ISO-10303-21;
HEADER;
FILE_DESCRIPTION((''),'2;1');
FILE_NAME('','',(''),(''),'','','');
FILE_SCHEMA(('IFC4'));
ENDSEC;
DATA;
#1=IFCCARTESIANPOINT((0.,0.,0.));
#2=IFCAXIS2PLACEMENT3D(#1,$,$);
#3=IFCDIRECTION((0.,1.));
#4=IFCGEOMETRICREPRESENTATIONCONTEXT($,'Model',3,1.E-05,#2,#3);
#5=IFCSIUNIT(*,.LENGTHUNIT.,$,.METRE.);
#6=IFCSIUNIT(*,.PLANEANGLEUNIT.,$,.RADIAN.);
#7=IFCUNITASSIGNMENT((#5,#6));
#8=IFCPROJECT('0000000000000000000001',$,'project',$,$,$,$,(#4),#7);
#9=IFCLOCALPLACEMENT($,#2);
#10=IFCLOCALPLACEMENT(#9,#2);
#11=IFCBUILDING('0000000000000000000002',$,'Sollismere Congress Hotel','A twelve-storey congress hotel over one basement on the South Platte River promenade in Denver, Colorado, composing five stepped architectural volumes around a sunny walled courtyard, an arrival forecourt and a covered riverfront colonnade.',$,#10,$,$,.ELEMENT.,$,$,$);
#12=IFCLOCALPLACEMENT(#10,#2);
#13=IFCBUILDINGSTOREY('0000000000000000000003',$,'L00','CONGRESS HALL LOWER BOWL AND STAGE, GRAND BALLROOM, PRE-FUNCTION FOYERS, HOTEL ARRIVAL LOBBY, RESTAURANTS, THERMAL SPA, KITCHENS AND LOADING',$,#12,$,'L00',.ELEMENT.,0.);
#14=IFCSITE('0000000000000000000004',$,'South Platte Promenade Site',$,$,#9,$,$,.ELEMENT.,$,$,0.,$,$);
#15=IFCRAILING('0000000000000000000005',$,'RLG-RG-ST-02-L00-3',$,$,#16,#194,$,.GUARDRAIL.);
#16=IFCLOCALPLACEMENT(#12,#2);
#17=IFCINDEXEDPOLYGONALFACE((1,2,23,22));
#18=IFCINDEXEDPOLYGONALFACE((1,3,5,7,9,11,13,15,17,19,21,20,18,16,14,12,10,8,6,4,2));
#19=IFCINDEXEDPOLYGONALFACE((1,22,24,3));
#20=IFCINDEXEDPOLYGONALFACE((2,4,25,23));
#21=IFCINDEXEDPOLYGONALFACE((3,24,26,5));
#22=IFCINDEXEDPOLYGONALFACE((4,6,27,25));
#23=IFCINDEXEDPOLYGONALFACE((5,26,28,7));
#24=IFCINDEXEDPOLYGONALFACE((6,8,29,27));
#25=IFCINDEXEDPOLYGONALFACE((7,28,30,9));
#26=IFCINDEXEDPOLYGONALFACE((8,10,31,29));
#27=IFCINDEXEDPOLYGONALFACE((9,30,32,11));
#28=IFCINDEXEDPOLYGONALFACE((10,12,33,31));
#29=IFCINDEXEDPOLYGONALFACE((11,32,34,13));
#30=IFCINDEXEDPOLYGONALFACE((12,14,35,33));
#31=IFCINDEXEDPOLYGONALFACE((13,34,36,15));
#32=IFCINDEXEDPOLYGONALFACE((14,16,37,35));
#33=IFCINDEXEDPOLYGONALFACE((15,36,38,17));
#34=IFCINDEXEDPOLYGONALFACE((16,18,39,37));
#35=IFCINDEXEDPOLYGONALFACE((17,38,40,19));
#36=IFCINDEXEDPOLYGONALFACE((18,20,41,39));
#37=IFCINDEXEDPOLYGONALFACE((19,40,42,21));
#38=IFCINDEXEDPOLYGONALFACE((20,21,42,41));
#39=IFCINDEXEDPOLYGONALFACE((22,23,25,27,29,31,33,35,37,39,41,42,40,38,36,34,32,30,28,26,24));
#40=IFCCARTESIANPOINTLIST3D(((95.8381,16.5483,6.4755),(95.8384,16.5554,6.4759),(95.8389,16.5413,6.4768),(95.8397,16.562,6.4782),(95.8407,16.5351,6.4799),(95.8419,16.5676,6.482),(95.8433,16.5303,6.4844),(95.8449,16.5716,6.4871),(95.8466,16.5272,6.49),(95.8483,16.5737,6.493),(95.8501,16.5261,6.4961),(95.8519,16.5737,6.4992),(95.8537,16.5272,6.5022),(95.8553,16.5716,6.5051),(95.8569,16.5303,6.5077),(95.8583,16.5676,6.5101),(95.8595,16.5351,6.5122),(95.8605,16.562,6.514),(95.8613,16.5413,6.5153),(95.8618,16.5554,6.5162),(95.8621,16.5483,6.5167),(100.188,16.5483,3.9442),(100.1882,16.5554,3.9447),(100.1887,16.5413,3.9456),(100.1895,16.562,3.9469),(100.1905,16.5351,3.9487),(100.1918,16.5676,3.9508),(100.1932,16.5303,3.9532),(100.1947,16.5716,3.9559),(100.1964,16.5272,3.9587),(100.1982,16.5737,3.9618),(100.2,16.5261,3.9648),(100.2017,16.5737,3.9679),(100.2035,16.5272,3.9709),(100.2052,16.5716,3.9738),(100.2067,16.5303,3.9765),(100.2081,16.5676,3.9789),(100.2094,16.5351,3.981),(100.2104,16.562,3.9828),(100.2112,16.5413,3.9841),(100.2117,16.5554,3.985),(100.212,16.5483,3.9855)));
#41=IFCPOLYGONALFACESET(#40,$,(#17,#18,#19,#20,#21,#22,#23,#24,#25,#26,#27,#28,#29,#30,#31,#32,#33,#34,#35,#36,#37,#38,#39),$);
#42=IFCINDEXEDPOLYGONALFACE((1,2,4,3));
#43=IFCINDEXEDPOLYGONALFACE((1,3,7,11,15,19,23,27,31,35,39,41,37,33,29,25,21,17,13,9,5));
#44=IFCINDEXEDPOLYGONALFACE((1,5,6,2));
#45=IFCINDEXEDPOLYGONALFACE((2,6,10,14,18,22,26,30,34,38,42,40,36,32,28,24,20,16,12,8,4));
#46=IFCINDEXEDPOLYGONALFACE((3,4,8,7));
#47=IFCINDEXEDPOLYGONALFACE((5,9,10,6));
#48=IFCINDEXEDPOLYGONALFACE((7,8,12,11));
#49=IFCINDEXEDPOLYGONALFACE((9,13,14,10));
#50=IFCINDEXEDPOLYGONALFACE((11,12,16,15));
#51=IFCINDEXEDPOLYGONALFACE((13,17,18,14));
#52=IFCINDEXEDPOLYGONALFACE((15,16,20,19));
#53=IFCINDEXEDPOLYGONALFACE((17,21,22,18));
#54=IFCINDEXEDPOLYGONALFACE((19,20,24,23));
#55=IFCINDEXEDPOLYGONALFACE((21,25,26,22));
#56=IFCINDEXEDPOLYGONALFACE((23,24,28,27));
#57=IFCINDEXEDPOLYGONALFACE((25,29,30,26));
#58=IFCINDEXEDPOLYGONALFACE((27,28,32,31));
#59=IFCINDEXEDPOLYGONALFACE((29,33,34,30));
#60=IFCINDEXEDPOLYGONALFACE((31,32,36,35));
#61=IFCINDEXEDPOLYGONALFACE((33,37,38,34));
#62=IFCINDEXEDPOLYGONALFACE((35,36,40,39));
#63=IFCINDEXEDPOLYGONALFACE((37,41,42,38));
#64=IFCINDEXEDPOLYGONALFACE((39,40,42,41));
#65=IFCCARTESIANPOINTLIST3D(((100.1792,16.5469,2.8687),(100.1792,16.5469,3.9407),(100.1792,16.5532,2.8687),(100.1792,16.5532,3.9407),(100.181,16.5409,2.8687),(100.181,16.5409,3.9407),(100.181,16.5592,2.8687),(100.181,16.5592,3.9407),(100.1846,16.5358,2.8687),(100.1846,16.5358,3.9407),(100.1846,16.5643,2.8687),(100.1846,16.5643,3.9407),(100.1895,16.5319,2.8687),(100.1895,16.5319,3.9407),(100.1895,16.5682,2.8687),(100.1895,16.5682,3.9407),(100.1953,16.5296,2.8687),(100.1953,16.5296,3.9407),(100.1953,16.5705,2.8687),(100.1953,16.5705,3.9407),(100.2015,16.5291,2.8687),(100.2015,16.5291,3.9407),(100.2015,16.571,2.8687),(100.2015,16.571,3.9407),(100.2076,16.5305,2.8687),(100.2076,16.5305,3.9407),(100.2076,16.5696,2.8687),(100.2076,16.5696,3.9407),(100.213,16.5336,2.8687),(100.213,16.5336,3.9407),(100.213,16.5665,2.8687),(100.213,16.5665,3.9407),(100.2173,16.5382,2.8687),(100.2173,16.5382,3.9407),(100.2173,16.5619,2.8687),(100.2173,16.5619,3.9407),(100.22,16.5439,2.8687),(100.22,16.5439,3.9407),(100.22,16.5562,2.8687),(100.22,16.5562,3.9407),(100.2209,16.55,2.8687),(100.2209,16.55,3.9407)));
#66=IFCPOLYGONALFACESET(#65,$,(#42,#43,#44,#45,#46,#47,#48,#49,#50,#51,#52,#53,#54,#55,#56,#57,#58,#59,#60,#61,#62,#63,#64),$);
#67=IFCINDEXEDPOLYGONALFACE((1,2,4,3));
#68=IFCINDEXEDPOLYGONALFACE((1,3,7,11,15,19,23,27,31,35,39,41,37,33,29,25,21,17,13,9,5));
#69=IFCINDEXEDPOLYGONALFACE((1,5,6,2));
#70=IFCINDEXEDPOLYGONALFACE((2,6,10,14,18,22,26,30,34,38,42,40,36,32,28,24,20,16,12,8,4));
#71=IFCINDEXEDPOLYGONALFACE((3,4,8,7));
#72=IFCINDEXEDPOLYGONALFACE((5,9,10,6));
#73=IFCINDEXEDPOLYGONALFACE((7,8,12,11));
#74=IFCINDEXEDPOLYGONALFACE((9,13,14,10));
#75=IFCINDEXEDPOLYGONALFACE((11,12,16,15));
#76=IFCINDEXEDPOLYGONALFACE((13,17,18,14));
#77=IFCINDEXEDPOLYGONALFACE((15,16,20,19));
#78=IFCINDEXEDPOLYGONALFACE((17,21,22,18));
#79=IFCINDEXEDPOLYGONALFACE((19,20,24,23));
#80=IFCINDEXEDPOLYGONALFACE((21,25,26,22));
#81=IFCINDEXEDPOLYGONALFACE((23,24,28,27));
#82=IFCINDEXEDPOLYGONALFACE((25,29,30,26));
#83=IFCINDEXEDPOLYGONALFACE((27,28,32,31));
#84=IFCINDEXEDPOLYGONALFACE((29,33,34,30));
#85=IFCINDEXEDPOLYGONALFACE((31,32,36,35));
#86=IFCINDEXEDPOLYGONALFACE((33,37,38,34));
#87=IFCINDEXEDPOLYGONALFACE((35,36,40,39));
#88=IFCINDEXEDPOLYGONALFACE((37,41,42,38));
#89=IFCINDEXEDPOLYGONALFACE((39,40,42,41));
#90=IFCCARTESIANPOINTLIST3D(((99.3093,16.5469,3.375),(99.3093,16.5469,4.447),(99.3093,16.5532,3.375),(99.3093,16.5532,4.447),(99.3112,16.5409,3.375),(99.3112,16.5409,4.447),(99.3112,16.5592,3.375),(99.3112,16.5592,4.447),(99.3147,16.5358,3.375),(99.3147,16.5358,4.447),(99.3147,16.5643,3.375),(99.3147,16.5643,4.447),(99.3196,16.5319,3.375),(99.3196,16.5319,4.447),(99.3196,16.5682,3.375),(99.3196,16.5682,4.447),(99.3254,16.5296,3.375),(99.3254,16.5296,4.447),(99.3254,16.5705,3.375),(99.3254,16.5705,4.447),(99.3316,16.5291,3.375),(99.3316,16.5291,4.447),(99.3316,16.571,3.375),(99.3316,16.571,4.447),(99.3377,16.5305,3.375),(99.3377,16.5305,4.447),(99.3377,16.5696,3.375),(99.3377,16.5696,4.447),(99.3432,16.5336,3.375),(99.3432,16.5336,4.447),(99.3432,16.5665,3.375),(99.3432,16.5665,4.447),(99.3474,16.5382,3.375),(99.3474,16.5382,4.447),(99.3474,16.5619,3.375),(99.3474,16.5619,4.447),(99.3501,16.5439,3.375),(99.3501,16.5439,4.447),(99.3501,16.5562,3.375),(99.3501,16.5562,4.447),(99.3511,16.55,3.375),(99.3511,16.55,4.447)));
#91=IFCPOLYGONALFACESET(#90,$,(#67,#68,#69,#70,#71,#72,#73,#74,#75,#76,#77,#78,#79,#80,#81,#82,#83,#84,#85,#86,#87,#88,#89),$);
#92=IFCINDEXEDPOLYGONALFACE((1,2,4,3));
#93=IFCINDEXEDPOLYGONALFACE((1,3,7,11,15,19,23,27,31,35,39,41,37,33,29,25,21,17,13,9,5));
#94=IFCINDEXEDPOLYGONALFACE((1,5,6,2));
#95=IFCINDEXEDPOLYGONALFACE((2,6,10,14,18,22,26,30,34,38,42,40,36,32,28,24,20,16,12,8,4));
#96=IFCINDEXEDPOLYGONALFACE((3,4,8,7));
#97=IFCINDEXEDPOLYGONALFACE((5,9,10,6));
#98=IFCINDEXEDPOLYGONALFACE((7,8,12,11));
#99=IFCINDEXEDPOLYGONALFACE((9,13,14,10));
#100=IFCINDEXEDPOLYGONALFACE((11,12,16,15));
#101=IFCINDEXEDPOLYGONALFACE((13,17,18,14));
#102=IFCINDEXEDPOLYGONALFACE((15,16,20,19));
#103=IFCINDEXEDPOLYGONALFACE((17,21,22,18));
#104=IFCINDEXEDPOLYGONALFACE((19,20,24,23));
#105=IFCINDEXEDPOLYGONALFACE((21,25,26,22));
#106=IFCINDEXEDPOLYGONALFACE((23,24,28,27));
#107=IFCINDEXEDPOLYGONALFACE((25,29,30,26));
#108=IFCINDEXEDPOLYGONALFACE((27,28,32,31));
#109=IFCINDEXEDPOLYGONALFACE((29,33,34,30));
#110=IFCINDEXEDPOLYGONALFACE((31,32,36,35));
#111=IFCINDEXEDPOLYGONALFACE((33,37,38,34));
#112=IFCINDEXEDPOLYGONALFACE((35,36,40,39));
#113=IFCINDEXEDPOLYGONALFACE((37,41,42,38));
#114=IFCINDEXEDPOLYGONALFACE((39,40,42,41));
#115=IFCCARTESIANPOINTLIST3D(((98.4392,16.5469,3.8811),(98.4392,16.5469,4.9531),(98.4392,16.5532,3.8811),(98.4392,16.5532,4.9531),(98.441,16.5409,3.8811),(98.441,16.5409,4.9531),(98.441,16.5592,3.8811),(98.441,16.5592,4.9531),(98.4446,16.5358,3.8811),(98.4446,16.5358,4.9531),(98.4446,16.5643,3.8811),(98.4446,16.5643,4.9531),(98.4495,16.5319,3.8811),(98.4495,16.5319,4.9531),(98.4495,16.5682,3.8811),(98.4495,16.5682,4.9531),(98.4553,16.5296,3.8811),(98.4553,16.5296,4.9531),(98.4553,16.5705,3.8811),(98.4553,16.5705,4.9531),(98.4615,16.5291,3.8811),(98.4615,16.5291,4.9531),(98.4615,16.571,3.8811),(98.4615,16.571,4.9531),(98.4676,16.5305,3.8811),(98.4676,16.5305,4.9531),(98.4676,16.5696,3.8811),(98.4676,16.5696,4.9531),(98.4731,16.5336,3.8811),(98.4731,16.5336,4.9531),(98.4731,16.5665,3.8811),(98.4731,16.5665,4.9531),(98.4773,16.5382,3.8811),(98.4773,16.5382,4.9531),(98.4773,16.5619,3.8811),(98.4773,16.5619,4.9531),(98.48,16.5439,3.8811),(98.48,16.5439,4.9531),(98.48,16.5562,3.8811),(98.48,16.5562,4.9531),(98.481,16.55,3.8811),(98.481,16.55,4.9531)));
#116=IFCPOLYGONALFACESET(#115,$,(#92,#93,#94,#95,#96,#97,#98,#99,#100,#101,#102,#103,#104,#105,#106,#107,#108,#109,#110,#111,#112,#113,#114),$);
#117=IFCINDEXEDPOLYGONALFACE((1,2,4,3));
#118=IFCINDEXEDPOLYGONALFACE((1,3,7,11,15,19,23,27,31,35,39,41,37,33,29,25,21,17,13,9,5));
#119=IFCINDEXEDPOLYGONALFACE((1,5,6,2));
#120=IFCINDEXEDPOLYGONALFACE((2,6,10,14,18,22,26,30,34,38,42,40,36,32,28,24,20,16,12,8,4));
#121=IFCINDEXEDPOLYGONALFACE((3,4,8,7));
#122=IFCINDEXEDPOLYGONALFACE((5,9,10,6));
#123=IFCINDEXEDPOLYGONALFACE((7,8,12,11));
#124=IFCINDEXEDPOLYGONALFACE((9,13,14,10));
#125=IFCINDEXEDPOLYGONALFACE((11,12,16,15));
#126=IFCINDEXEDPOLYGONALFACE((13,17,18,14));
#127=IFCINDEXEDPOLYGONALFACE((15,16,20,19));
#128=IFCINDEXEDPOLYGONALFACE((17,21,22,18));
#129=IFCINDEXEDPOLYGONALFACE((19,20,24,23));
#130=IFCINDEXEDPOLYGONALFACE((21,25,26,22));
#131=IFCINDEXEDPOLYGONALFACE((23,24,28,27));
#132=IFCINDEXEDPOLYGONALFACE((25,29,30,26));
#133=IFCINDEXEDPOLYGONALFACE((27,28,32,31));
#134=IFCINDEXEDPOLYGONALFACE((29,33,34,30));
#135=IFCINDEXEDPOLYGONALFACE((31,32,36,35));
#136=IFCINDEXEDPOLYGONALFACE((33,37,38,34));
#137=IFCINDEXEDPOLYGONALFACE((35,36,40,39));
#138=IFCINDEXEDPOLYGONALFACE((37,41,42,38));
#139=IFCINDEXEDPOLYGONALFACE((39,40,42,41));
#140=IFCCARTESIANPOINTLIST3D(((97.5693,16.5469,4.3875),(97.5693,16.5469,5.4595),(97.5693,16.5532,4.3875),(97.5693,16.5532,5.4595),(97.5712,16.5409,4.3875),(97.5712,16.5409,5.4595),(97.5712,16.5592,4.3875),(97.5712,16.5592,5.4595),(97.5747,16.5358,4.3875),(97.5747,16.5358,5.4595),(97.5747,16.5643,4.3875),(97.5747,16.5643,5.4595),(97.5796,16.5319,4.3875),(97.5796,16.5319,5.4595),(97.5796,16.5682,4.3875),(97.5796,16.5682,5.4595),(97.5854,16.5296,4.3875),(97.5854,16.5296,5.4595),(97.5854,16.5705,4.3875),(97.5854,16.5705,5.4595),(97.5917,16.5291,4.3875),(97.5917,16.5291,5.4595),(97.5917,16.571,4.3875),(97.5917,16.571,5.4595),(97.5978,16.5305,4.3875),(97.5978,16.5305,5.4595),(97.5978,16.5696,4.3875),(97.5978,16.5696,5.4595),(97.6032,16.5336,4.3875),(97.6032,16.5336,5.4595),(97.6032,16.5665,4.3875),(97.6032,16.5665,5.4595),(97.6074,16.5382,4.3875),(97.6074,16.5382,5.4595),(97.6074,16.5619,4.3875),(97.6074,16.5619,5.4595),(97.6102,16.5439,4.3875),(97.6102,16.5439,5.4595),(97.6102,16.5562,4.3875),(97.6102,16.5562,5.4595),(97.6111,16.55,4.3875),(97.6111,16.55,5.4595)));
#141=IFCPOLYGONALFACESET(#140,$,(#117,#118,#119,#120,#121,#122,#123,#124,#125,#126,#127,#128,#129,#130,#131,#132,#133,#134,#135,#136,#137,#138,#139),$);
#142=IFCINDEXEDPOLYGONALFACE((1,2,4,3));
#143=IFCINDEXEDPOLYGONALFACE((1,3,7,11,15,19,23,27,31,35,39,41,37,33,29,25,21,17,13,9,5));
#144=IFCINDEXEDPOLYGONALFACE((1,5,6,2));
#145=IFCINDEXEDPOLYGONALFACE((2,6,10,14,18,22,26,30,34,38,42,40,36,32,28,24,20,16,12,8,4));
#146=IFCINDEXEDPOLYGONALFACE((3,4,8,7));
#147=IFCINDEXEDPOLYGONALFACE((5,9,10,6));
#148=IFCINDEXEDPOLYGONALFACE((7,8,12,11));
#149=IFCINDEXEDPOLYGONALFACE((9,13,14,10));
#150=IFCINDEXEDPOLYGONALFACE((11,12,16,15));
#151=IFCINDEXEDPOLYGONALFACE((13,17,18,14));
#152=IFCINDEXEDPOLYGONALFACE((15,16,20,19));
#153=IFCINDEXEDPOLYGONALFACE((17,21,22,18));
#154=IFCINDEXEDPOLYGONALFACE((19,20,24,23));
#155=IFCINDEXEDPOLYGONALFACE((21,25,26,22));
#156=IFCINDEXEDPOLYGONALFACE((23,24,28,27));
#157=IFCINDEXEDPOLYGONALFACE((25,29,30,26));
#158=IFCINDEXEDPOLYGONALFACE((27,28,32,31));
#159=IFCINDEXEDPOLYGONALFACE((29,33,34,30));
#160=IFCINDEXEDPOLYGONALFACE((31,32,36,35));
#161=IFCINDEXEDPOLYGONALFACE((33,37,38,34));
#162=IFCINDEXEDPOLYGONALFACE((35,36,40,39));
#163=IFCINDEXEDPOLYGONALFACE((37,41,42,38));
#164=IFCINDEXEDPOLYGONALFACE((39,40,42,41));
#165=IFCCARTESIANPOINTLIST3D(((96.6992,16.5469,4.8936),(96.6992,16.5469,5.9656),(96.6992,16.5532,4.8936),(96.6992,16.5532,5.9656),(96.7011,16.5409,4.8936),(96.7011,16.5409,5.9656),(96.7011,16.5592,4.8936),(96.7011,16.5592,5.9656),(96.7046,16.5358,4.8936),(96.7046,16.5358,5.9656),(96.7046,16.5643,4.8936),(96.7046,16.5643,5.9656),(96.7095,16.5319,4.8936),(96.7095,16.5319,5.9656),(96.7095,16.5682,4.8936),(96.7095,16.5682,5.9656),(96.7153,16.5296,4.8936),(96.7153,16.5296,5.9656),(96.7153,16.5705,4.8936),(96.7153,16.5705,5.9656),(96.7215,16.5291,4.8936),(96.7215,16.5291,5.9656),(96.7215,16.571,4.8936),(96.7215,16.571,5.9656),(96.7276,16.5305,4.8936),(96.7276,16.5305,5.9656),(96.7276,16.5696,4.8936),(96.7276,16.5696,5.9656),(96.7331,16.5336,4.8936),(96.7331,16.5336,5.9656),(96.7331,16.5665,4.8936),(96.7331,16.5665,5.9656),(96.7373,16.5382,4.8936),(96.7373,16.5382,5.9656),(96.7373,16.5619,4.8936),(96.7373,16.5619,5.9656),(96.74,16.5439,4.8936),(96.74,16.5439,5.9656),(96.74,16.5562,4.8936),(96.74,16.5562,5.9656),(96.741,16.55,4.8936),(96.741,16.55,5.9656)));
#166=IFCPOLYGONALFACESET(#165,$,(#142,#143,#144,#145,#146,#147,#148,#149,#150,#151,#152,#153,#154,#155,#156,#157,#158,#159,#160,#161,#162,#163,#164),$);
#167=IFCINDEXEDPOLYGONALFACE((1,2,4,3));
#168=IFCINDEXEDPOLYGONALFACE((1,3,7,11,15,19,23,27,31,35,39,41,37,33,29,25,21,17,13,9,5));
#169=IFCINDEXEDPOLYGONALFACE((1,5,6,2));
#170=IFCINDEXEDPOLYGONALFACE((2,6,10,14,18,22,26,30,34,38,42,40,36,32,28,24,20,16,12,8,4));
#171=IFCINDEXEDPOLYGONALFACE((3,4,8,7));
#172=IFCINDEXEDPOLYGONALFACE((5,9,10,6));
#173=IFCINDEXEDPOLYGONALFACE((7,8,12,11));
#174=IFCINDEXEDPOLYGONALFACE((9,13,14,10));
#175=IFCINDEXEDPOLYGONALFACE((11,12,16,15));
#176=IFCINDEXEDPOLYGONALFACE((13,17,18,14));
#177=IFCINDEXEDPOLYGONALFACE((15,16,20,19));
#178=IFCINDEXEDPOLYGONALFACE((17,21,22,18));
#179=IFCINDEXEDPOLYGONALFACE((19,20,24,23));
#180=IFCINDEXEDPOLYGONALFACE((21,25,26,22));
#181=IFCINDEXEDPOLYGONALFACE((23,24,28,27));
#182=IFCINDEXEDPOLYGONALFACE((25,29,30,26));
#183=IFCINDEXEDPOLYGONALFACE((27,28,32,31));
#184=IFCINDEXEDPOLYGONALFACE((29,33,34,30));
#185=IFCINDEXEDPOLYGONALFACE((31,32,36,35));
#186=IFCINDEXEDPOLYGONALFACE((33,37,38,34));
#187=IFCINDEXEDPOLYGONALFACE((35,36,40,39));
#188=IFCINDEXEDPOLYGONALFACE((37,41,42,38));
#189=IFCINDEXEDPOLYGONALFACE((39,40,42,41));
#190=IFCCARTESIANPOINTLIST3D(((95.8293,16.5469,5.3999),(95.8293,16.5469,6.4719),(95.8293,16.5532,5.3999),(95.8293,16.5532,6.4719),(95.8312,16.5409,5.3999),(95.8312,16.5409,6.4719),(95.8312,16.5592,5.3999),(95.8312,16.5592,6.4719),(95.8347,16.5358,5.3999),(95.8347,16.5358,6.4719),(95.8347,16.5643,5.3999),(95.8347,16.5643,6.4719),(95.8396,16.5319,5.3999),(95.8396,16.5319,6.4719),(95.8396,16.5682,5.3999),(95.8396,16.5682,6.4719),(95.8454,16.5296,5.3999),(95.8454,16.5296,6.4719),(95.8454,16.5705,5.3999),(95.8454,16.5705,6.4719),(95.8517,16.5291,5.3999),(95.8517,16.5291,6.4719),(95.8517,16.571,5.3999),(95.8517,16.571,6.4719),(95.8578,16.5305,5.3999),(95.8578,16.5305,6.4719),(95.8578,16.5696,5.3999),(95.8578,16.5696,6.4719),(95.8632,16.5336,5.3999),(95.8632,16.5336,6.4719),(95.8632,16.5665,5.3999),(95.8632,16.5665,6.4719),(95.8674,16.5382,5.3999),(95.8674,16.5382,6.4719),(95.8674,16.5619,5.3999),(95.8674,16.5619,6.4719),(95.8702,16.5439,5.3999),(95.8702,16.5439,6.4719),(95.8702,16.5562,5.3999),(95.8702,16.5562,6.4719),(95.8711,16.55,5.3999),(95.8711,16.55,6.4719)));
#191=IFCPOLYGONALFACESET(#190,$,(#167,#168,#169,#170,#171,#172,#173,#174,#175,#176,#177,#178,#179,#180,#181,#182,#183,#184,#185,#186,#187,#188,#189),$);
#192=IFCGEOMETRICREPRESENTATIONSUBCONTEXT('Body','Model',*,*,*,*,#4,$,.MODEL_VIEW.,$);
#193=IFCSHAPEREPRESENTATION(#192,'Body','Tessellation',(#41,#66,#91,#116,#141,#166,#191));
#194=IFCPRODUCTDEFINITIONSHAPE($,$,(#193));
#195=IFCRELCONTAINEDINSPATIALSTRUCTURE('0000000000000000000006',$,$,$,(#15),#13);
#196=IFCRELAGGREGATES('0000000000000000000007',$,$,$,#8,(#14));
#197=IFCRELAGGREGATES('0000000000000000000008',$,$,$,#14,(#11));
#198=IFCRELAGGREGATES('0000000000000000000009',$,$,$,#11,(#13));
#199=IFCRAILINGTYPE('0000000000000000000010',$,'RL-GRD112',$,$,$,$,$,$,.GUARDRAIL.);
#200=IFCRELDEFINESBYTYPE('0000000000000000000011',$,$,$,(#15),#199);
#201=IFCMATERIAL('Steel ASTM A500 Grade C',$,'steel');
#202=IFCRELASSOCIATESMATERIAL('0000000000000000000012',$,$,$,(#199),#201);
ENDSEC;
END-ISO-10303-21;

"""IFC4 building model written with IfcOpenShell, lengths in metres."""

from ifc_helpers import new_model, si_unit, direction, frame, origin, origin_2d, place, context, subcontext, project, spatial, circle, extrude, material, type_object, element, save


model = new_model("IFC4")

# Units and contexts
model_context = context("Model", 3, precision=1e-05, world=origin(), true_north=direction((0.0, 1.0)))
body_context = subcontext(model_context, "Body", "Model", "MODEL_VIEW")
ifc_project = project(units=[si_unit("LENGTHUNIT", "METRE"), si_unit("PLANEANGLEUNIT", "RADIAN")], contexts=[model_context])

# Site, building, storey
site_placement = place(None, origin())
site = spatial("IfcSite", under=ifc_project, at=site_placement, Name="South Platte Promenade Site", CompositionType="ELEMENT", RefElevation=0.0)
building_placement = place(site_placement, origin())
building = spatial("IfcBuilding", under=site, at=building_placement, Name="Sollismere Congress Hotel", Description="A twelve-storey congress hotel over one basement on the South Platte River promenade in Denver, Colorado, composing five stepped architectural volumes around a sunny walled courtyard, an arrival forecourt and a covered riverfront colonnade.", CompositionType="ELEMENT")
storey_placement = place(building_placement, origin())
storey = spatial("IfcBuildingStorey", under=building, at=storey_placement, Name="L00", Description="CONGRESS HALL LOWER BOWL AND STAGE, GRAND BALLROOM, PRE-FUNCTION FOYERS, HOTEL ARRIVAL LOBBY, RESTAURANTS, THERMAL SPA, KITCHENS AND LOADING", LongName="L00", CompositionType="ELEMENT", Elevation=0.0)

# Shared definitions
ifc_material_1 = material(Name="Steel ASTM A500 Grade C", Category="steel")

# Railing
railing_type_1 = type_object("IfcRailingType", Name="RL-GRD112", PredefinedType="GUARDRAIL", material=ifc_material_1)
railing_1_placement = place(storey_placement, frame((100.2, 16.55, 2.8687)))
element("IfcRailing", 1, at=railing_1_placement, inside=storey, type_object=railing_type_1, Name="RLG-RG-ST-02-L00-3", PredefinedType="GUARDRAIL", context=body_context, shape_type="SweptSolid", body=[
    extrude(circle(Radius=0.0239, at=origin_2d()), frame((0.0, 0.0, 1.0962), z_axis=(-0.864312, 0.0, 0.502957), x_axis=(0.0, -1.0, 0.0)), (0.0, 0.0, 1.0), 5.0327),
    extrude(circle(Radius=0.021, at=origin_2d()), origin(), (0.0, 0.0, 1.0), 1.072),
    extrude(circle(Radius=0.021, at=origin_2d()), frame((-0.8699, 0.0, 0.5063)), (0.0, 0.0, 1.0), 1.072),
    extrude(circle(Radius=0.021, at=origin_2d()), frame((-1.74, 0.0, 1.0125)), (0.0, 0.0, 1.0), 1.072),
    extrude(circle(Radius=0.021, at=origin_2d()), frame((-2.6099, 0.0, 1.5188)), (0.0, 0.0, 1.0), 1.072),
    extrude(circle(Radius=0.021, at=origin_2d()), frame((-3.48, 0.0, 2.0249)), (0.0, 0.0, 1.0), 1.072),
    extrude(circle(Radius=0.021, at=origin_2d()), frame((-4.3499, 0.0, 2.5312)), (0.0, 0.0, 1.0), 1.072),
])

save(model, "model.ifc")
